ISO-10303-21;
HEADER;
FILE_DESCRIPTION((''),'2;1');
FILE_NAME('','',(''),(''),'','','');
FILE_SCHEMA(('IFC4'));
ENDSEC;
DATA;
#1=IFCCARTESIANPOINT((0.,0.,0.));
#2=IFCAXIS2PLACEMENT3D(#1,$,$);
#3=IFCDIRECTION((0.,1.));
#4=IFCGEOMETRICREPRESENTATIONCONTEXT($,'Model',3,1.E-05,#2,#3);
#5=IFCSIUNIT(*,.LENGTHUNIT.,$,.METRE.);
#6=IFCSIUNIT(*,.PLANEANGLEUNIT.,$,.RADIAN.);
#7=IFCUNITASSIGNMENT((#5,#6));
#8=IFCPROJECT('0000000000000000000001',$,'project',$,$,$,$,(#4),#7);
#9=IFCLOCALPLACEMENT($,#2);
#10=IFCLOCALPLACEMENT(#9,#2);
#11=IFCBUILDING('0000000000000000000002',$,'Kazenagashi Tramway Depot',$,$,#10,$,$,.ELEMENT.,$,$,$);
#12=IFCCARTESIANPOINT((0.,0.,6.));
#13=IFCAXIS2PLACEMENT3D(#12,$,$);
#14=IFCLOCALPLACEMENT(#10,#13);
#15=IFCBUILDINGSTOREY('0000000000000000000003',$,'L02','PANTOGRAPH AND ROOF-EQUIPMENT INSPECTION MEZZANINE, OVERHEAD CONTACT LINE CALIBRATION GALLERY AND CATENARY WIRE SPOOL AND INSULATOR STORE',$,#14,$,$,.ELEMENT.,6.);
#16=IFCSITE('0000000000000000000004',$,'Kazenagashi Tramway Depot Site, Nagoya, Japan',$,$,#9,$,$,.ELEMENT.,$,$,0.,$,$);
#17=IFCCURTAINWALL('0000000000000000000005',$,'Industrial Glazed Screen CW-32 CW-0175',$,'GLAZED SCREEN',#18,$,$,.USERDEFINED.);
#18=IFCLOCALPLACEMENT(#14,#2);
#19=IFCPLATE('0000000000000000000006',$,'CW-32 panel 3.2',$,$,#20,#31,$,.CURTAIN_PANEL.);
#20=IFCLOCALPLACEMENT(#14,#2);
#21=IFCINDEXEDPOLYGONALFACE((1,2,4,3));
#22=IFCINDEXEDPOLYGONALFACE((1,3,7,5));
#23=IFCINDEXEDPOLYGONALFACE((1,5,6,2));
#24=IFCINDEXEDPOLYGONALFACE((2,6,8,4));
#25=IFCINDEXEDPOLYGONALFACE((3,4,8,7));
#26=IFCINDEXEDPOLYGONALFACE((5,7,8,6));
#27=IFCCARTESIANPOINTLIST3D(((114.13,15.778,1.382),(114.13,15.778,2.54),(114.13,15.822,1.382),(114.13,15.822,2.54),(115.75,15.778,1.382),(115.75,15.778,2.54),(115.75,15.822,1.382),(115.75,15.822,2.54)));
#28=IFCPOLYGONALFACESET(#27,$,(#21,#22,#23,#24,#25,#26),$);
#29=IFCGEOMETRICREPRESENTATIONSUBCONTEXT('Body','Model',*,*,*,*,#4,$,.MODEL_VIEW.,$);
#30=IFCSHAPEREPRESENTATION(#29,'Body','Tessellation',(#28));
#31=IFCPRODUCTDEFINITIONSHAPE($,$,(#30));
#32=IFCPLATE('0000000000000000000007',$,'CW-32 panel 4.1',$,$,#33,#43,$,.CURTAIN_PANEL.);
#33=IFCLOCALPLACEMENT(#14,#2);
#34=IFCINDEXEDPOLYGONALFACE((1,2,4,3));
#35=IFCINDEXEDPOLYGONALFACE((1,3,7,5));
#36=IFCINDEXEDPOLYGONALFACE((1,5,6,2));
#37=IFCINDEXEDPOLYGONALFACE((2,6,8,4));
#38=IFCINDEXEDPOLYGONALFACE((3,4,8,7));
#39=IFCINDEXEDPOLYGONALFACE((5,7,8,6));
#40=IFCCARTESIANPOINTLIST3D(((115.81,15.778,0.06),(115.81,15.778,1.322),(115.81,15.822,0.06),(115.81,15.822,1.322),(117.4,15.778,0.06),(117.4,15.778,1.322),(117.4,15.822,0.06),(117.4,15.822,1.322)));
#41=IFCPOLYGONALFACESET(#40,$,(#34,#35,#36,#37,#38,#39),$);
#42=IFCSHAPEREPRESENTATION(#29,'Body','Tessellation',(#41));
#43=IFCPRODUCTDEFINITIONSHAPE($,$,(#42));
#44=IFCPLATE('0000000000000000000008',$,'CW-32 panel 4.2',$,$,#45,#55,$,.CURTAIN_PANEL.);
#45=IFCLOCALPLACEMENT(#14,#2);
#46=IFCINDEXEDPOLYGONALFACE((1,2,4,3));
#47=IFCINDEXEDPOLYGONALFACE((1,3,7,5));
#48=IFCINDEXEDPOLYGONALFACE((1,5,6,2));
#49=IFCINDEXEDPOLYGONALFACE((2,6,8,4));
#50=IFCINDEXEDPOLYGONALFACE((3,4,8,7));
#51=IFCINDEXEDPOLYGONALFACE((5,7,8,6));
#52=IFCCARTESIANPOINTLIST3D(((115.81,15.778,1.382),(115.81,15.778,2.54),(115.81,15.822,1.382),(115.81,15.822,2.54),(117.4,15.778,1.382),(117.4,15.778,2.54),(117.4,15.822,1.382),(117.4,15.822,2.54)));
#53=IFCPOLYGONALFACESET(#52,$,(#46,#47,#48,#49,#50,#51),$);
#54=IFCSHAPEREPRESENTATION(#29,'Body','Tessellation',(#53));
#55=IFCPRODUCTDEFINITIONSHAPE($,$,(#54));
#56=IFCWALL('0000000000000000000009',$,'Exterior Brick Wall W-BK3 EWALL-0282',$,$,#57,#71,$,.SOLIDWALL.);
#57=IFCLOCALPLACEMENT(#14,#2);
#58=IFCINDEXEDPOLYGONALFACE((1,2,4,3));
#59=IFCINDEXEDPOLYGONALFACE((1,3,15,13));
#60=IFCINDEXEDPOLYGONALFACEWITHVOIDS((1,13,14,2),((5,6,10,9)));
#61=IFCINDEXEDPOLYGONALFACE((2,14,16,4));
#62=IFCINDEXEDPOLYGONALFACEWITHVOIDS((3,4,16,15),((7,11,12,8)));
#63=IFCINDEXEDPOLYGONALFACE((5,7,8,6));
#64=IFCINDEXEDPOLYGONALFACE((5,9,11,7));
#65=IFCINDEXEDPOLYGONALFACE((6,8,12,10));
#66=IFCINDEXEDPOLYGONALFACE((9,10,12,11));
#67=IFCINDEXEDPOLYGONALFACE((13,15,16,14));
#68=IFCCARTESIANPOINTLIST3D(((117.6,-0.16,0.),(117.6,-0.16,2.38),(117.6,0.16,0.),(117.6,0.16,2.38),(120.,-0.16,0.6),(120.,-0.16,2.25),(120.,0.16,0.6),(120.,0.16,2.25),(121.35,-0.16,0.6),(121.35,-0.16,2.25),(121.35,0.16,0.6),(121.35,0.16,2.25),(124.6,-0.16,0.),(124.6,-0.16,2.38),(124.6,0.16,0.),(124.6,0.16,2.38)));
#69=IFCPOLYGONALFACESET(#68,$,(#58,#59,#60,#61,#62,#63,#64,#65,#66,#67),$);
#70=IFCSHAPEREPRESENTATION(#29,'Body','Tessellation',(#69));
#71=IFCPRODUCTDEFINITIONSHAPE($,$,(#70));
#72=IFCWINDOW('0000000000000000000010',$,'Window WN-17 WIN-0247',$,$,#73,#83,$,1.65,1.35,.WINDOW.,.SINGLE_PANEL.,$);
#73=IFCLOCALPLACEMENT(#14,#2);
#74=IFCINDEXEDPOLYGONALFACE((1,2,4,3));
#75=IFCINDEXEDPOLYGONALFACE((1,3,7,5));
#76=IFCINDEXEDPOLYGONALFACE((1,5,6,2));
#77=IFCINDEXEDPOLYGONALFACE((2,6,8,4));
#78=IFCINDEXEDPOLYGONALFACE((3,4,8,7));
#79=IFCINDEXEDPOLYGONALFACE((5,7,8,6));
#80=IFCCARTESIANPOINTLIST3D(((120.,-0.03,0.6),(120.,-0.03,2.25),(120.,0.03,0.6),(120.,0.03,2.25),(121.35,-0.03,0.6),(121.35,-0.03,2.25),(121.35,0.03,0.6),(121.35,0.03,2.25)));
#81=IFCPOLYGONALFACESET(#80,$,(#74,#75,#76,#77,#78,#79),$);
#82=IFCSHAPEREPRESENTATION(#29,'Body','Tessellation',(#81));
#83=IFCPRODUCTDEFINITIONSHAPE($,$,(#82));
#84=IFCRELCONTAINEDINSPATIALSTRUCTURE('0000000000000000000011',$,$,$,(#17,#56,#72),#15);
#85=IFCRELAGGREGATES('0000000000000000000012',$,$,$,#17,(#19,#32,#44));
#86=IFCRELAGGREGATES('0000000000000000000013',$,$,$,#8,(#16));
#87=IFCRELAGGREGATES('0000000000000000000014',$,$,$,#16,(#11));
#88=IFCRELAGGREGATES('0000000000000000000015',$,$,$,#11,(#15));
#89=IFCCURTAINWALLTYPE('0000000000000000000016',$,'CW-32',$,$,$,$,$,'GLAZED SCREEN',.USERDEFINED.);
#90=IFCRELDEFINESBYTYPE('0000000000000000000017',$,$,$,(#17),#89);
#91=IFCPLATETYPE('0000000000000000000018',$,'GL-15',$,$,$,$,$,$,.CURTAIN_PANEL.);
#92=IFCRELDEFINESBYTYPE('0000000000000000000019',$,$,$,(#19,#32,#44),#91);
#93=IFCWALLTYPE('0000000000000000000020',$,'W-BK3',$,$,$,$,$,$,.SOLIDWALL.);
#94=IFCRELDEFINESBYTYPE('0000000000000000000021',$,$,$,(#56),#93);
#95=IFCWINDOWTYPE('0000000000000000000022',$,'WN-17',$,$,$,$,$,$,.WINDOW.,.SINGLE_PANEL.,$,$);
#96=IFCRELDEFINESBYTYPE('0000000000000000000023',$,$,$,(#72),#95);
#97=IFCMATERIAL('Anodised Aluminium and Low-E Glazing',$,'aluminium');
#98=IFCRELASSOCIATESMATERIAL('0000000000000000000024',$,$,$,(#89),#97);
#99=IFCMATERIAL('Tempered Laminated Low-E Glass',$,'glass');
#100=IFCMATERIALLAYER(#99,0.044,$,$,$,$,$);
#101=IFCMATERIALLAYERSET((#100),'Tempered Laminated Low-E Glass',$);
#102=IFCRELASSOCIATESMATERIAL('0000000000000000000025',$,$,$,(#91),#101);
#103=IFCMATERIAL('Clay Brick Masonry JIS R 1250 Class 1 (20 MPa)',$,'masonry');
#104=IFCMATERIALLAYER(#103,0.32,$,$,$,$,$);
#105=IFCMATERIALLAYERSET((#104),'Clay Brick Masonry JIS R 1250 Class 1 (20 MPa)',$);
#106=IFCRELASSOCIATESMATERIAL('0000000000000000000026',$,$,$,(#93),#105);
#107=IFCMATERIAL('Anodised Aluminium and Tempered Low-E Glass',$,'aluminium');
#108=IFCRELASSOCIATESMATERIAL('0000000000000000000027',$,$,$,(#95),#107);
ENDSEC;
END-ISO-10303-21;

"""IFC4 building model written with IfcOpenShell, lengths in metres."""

from ifc_helpers import new_model, si_unit, direction, frame, frame_2d, origin, origin_2d, place, context, subcontext, project, spatial, rectangle, extrude, material, layer, layer_set, type_object, element, fill, aggregate, save


model = new_model("IFC4")

# Units and contexts
model_context = context("Model", 3, precision=1e-05, world=origin(), true_north=direction((0.0, 1.0)))
body_context = subcontext(model_context, "Body", "Model", "MODEL_VIEW")
ifc_project = project(units=[si_unit("LENGTHUNIT", "METRE"), si_unit("PLANEANGLEUNIT", "RADIAN")], contexts=[model_context])

# Site, building, storey
site_placement = place(None, origin())
site = spatial("IfcSite", under=ifc_project, at=site_placement, Name="Kazenagashi Tramway Depot Site, Nagoya, Japan", CompositionType="ELEMENT", RefElevation=0.0)
building_placement = place(site_placement, origin())
building = spatial("IfcBuilding", under=site, at=building_placement, Name="Kazenagashi Tramway Depot", CompositionType="ELEMENT")
storey_placement = place(building_placement, frame((0.0, 0.0, 6.0)))
storey = spatial("IfcBuildingStorey", under=building, at=storey_placement, Name="L02", Description="PANTOGRAPH AND ROOF-EQUIPMENT INSPECTION MEZZANINE, OVERHEAD CONTACT LINE CALIBRATION GALLERY AND CATENARY WIRE SPOOL AND INSULATOR STORE", CompositionType="ELEMENT", Elevation=6.0)

# Curtain wall
ifc_material_1 = material(Name="Anodised Aluminium and Low-E Glazing", Category="aluminium")
curtain_wall_type = type_object("IfcCurtainWallType", Name="CW-32", ElementType="GLAZED SCREEN", PredefinedType="USERDEFINED", material=ifc_material_1)
curtain_wall_placement = place(storey_placement, origin())
curtain_wall = element("IfcCurtainWall", 1, at=curtain_wall_placement, inside=storey, type_object=curtain_wall_type, Name="Industrial Glazed Screen CW-32 CW-0175", ObjectType="GLAZED SCREEN", PredefinedType="USERDEFINED")

# Plates
ifc_material_2 = material(Name="Tempered Laminated Low-E Glass", Category="glass")
ifc_layer_1 = layer(ifc_material_2, 0.044)
ifc_layer_set_1 = layer_set([ifc_layer_1], Name="Tempered Laminated Low-E Glass")
plate_type = type_object("IfcPlateType", Name="GL-15", PredefinedType="CURTAIN_PANEL", material=ifc_layer_set_1)
plate_1_placement = place(storey_placement, frame((114.94, 15.8, 1.382), z_axis=(0.0, 0.0, 1.0), x_axis=(1.0, 0.0, 0.0)))
plate_1 = element("IfcPlate", 2, at=plate_1_placement, type_object=plate_type, Name="CW-32 panel 3.2", PredefinedType="CURTAIN_PANEL", context=body_context, shape_type="SweptSolid", body=[
    extrude(rectangle(XDim=1.62, YDim=0.044, at=origin_2d()), origin(), (0.0, 0.0, 1.0), 1.158),
])
plate_2_placement = place(storey_placement, frame((116.605, 15.8, 0.06), z_axis=(0.0, 0.0, 1.0), x_axis=(1.0, 0.0, 0.0)))
plate_2 = element("IfcPlate", 3, at=plate_2_placement, type_object=plate_type, Name="CW-32 panel 4.1", PredefinedType="CURTAIN_PANEL", context=body_context, shape_type="SweptSolid", body=[
    extrude(rectangle(XDim=1.59, YDim=0.044, at=origin_2d()), origin(), (0.0, 0.0, 1.0), 1.262),
])
plate_3_placement = place(storey_placement, frame((116.605, 15.8, 1.382), z_axis=(0.0, 0.0, 1.0), x_axis=(1.0, 0.0, 0.0)))
plate_3 = element("IfcPlate", 4, at=plate_3_placement, type_object=plate_type, Name="CW-32 panel 4.2", PredefinedType="CURTAIN_PANEL", context=body_context, shape_type="SweptSolid", body=[
    extrude(rectangle(XDim=1.59, YDim=0.044, at=origin_2d()), origin(), (0.0, 0.0, 1.0), 1.158),
])
aggregate(curtain_wall, [plate_1, plate_2, plate_3])

# Wall, opening, window
ifc_material_3 = material(Name="Clay Brick Masonry JIS R 1250 Class 1 (20 MPa)", Category="masonry")
ifc_layer_2 = layer(ifc_material_3, 0.32)
ifc_layer_set_2 = layer_set([ifc_layer_2], Name="Clay Brick Masonry JIS R 1250 Class 1 (20 MPa)")
wall_type = type_object("IfcWallType", Name="W-BK3", PredefinedType="SOLIDWALL", material=ifc_layer_set_2)
wall_placement = place(storey_placement, frame((117.6, 0.0, 0.0), z_axis=(0.0, 0.0, 1.0), x_axis=(1.0, 0.0, 0.0)))
wall = element("IfcWall", 5, at=wall_placement, inside=storey, type_object=wall_type, Name="Exterior Brick Wall W-BK3 EWALL-0282", PredefinedType="SOLIDWALL", context=body_context, shape_type="SweptSolid", body=[
    extrude(rectangle(XDim=7.0, YDim=0.32, at=frame_2d((3.5, 0.0))), origin(), (0.0, 0.0, 1.0), 2.38),
])
opening_placement = place(wall_placement, frame((2.4, 0.0, 0.6)))
opening = element("IfcOpeningElement", 6, at=opening_placement, cuts=wall, PredefinedType="OPENING", context=body_context, shape_type="SweptSolid", body=[
    extrude(rectangle(XDim=1.35, YDim=1.65, at=frame_2d((0.675, 0.825))), frame((0.0, 0.17, 0.0), z_axis=(0.0, -1.0, 0.0), x_axis=(1.0, 0.0, 0.0)), (0.0, 0.0, 1.0), 0.34),
])
ifc_material_4 = material(Name="Anodised Aluminium and Tempered Low-E Glass", Category="aluminium")
window_type = type_object("IfcWindowType", Name="WN-17", PartitioningType="SINGLE_PANEL", PredefinedType="WINDOW", material=ifc_material_4)
window_placement = place(opening_placement, origin())
window = element("IfcWindow", 7, at=window_placement, inside=storey, type_object=window_type, Name="Window WN-17 WIN-0247", OverallHeight=1.65, OverallWidth=1.35, PartitioningType="SINGLE_PANEL", PredefinedType="WINDOW", context=body_context, shape_type="SweptSolid", body=[
    extrude(rectangle(XDim=1.35, YDim=1.65, at=frame_2d((0.675, 0.825))), frame((0.0, 0.03, 0.0), z_axis=(0.0, -1.0, 0.0), x_axis=(1.0, 0.0, 0.0)), (0.0, 0.0, 1.0), 0.06),
])
fill(opening, window)

save(model, "model.ifc")
